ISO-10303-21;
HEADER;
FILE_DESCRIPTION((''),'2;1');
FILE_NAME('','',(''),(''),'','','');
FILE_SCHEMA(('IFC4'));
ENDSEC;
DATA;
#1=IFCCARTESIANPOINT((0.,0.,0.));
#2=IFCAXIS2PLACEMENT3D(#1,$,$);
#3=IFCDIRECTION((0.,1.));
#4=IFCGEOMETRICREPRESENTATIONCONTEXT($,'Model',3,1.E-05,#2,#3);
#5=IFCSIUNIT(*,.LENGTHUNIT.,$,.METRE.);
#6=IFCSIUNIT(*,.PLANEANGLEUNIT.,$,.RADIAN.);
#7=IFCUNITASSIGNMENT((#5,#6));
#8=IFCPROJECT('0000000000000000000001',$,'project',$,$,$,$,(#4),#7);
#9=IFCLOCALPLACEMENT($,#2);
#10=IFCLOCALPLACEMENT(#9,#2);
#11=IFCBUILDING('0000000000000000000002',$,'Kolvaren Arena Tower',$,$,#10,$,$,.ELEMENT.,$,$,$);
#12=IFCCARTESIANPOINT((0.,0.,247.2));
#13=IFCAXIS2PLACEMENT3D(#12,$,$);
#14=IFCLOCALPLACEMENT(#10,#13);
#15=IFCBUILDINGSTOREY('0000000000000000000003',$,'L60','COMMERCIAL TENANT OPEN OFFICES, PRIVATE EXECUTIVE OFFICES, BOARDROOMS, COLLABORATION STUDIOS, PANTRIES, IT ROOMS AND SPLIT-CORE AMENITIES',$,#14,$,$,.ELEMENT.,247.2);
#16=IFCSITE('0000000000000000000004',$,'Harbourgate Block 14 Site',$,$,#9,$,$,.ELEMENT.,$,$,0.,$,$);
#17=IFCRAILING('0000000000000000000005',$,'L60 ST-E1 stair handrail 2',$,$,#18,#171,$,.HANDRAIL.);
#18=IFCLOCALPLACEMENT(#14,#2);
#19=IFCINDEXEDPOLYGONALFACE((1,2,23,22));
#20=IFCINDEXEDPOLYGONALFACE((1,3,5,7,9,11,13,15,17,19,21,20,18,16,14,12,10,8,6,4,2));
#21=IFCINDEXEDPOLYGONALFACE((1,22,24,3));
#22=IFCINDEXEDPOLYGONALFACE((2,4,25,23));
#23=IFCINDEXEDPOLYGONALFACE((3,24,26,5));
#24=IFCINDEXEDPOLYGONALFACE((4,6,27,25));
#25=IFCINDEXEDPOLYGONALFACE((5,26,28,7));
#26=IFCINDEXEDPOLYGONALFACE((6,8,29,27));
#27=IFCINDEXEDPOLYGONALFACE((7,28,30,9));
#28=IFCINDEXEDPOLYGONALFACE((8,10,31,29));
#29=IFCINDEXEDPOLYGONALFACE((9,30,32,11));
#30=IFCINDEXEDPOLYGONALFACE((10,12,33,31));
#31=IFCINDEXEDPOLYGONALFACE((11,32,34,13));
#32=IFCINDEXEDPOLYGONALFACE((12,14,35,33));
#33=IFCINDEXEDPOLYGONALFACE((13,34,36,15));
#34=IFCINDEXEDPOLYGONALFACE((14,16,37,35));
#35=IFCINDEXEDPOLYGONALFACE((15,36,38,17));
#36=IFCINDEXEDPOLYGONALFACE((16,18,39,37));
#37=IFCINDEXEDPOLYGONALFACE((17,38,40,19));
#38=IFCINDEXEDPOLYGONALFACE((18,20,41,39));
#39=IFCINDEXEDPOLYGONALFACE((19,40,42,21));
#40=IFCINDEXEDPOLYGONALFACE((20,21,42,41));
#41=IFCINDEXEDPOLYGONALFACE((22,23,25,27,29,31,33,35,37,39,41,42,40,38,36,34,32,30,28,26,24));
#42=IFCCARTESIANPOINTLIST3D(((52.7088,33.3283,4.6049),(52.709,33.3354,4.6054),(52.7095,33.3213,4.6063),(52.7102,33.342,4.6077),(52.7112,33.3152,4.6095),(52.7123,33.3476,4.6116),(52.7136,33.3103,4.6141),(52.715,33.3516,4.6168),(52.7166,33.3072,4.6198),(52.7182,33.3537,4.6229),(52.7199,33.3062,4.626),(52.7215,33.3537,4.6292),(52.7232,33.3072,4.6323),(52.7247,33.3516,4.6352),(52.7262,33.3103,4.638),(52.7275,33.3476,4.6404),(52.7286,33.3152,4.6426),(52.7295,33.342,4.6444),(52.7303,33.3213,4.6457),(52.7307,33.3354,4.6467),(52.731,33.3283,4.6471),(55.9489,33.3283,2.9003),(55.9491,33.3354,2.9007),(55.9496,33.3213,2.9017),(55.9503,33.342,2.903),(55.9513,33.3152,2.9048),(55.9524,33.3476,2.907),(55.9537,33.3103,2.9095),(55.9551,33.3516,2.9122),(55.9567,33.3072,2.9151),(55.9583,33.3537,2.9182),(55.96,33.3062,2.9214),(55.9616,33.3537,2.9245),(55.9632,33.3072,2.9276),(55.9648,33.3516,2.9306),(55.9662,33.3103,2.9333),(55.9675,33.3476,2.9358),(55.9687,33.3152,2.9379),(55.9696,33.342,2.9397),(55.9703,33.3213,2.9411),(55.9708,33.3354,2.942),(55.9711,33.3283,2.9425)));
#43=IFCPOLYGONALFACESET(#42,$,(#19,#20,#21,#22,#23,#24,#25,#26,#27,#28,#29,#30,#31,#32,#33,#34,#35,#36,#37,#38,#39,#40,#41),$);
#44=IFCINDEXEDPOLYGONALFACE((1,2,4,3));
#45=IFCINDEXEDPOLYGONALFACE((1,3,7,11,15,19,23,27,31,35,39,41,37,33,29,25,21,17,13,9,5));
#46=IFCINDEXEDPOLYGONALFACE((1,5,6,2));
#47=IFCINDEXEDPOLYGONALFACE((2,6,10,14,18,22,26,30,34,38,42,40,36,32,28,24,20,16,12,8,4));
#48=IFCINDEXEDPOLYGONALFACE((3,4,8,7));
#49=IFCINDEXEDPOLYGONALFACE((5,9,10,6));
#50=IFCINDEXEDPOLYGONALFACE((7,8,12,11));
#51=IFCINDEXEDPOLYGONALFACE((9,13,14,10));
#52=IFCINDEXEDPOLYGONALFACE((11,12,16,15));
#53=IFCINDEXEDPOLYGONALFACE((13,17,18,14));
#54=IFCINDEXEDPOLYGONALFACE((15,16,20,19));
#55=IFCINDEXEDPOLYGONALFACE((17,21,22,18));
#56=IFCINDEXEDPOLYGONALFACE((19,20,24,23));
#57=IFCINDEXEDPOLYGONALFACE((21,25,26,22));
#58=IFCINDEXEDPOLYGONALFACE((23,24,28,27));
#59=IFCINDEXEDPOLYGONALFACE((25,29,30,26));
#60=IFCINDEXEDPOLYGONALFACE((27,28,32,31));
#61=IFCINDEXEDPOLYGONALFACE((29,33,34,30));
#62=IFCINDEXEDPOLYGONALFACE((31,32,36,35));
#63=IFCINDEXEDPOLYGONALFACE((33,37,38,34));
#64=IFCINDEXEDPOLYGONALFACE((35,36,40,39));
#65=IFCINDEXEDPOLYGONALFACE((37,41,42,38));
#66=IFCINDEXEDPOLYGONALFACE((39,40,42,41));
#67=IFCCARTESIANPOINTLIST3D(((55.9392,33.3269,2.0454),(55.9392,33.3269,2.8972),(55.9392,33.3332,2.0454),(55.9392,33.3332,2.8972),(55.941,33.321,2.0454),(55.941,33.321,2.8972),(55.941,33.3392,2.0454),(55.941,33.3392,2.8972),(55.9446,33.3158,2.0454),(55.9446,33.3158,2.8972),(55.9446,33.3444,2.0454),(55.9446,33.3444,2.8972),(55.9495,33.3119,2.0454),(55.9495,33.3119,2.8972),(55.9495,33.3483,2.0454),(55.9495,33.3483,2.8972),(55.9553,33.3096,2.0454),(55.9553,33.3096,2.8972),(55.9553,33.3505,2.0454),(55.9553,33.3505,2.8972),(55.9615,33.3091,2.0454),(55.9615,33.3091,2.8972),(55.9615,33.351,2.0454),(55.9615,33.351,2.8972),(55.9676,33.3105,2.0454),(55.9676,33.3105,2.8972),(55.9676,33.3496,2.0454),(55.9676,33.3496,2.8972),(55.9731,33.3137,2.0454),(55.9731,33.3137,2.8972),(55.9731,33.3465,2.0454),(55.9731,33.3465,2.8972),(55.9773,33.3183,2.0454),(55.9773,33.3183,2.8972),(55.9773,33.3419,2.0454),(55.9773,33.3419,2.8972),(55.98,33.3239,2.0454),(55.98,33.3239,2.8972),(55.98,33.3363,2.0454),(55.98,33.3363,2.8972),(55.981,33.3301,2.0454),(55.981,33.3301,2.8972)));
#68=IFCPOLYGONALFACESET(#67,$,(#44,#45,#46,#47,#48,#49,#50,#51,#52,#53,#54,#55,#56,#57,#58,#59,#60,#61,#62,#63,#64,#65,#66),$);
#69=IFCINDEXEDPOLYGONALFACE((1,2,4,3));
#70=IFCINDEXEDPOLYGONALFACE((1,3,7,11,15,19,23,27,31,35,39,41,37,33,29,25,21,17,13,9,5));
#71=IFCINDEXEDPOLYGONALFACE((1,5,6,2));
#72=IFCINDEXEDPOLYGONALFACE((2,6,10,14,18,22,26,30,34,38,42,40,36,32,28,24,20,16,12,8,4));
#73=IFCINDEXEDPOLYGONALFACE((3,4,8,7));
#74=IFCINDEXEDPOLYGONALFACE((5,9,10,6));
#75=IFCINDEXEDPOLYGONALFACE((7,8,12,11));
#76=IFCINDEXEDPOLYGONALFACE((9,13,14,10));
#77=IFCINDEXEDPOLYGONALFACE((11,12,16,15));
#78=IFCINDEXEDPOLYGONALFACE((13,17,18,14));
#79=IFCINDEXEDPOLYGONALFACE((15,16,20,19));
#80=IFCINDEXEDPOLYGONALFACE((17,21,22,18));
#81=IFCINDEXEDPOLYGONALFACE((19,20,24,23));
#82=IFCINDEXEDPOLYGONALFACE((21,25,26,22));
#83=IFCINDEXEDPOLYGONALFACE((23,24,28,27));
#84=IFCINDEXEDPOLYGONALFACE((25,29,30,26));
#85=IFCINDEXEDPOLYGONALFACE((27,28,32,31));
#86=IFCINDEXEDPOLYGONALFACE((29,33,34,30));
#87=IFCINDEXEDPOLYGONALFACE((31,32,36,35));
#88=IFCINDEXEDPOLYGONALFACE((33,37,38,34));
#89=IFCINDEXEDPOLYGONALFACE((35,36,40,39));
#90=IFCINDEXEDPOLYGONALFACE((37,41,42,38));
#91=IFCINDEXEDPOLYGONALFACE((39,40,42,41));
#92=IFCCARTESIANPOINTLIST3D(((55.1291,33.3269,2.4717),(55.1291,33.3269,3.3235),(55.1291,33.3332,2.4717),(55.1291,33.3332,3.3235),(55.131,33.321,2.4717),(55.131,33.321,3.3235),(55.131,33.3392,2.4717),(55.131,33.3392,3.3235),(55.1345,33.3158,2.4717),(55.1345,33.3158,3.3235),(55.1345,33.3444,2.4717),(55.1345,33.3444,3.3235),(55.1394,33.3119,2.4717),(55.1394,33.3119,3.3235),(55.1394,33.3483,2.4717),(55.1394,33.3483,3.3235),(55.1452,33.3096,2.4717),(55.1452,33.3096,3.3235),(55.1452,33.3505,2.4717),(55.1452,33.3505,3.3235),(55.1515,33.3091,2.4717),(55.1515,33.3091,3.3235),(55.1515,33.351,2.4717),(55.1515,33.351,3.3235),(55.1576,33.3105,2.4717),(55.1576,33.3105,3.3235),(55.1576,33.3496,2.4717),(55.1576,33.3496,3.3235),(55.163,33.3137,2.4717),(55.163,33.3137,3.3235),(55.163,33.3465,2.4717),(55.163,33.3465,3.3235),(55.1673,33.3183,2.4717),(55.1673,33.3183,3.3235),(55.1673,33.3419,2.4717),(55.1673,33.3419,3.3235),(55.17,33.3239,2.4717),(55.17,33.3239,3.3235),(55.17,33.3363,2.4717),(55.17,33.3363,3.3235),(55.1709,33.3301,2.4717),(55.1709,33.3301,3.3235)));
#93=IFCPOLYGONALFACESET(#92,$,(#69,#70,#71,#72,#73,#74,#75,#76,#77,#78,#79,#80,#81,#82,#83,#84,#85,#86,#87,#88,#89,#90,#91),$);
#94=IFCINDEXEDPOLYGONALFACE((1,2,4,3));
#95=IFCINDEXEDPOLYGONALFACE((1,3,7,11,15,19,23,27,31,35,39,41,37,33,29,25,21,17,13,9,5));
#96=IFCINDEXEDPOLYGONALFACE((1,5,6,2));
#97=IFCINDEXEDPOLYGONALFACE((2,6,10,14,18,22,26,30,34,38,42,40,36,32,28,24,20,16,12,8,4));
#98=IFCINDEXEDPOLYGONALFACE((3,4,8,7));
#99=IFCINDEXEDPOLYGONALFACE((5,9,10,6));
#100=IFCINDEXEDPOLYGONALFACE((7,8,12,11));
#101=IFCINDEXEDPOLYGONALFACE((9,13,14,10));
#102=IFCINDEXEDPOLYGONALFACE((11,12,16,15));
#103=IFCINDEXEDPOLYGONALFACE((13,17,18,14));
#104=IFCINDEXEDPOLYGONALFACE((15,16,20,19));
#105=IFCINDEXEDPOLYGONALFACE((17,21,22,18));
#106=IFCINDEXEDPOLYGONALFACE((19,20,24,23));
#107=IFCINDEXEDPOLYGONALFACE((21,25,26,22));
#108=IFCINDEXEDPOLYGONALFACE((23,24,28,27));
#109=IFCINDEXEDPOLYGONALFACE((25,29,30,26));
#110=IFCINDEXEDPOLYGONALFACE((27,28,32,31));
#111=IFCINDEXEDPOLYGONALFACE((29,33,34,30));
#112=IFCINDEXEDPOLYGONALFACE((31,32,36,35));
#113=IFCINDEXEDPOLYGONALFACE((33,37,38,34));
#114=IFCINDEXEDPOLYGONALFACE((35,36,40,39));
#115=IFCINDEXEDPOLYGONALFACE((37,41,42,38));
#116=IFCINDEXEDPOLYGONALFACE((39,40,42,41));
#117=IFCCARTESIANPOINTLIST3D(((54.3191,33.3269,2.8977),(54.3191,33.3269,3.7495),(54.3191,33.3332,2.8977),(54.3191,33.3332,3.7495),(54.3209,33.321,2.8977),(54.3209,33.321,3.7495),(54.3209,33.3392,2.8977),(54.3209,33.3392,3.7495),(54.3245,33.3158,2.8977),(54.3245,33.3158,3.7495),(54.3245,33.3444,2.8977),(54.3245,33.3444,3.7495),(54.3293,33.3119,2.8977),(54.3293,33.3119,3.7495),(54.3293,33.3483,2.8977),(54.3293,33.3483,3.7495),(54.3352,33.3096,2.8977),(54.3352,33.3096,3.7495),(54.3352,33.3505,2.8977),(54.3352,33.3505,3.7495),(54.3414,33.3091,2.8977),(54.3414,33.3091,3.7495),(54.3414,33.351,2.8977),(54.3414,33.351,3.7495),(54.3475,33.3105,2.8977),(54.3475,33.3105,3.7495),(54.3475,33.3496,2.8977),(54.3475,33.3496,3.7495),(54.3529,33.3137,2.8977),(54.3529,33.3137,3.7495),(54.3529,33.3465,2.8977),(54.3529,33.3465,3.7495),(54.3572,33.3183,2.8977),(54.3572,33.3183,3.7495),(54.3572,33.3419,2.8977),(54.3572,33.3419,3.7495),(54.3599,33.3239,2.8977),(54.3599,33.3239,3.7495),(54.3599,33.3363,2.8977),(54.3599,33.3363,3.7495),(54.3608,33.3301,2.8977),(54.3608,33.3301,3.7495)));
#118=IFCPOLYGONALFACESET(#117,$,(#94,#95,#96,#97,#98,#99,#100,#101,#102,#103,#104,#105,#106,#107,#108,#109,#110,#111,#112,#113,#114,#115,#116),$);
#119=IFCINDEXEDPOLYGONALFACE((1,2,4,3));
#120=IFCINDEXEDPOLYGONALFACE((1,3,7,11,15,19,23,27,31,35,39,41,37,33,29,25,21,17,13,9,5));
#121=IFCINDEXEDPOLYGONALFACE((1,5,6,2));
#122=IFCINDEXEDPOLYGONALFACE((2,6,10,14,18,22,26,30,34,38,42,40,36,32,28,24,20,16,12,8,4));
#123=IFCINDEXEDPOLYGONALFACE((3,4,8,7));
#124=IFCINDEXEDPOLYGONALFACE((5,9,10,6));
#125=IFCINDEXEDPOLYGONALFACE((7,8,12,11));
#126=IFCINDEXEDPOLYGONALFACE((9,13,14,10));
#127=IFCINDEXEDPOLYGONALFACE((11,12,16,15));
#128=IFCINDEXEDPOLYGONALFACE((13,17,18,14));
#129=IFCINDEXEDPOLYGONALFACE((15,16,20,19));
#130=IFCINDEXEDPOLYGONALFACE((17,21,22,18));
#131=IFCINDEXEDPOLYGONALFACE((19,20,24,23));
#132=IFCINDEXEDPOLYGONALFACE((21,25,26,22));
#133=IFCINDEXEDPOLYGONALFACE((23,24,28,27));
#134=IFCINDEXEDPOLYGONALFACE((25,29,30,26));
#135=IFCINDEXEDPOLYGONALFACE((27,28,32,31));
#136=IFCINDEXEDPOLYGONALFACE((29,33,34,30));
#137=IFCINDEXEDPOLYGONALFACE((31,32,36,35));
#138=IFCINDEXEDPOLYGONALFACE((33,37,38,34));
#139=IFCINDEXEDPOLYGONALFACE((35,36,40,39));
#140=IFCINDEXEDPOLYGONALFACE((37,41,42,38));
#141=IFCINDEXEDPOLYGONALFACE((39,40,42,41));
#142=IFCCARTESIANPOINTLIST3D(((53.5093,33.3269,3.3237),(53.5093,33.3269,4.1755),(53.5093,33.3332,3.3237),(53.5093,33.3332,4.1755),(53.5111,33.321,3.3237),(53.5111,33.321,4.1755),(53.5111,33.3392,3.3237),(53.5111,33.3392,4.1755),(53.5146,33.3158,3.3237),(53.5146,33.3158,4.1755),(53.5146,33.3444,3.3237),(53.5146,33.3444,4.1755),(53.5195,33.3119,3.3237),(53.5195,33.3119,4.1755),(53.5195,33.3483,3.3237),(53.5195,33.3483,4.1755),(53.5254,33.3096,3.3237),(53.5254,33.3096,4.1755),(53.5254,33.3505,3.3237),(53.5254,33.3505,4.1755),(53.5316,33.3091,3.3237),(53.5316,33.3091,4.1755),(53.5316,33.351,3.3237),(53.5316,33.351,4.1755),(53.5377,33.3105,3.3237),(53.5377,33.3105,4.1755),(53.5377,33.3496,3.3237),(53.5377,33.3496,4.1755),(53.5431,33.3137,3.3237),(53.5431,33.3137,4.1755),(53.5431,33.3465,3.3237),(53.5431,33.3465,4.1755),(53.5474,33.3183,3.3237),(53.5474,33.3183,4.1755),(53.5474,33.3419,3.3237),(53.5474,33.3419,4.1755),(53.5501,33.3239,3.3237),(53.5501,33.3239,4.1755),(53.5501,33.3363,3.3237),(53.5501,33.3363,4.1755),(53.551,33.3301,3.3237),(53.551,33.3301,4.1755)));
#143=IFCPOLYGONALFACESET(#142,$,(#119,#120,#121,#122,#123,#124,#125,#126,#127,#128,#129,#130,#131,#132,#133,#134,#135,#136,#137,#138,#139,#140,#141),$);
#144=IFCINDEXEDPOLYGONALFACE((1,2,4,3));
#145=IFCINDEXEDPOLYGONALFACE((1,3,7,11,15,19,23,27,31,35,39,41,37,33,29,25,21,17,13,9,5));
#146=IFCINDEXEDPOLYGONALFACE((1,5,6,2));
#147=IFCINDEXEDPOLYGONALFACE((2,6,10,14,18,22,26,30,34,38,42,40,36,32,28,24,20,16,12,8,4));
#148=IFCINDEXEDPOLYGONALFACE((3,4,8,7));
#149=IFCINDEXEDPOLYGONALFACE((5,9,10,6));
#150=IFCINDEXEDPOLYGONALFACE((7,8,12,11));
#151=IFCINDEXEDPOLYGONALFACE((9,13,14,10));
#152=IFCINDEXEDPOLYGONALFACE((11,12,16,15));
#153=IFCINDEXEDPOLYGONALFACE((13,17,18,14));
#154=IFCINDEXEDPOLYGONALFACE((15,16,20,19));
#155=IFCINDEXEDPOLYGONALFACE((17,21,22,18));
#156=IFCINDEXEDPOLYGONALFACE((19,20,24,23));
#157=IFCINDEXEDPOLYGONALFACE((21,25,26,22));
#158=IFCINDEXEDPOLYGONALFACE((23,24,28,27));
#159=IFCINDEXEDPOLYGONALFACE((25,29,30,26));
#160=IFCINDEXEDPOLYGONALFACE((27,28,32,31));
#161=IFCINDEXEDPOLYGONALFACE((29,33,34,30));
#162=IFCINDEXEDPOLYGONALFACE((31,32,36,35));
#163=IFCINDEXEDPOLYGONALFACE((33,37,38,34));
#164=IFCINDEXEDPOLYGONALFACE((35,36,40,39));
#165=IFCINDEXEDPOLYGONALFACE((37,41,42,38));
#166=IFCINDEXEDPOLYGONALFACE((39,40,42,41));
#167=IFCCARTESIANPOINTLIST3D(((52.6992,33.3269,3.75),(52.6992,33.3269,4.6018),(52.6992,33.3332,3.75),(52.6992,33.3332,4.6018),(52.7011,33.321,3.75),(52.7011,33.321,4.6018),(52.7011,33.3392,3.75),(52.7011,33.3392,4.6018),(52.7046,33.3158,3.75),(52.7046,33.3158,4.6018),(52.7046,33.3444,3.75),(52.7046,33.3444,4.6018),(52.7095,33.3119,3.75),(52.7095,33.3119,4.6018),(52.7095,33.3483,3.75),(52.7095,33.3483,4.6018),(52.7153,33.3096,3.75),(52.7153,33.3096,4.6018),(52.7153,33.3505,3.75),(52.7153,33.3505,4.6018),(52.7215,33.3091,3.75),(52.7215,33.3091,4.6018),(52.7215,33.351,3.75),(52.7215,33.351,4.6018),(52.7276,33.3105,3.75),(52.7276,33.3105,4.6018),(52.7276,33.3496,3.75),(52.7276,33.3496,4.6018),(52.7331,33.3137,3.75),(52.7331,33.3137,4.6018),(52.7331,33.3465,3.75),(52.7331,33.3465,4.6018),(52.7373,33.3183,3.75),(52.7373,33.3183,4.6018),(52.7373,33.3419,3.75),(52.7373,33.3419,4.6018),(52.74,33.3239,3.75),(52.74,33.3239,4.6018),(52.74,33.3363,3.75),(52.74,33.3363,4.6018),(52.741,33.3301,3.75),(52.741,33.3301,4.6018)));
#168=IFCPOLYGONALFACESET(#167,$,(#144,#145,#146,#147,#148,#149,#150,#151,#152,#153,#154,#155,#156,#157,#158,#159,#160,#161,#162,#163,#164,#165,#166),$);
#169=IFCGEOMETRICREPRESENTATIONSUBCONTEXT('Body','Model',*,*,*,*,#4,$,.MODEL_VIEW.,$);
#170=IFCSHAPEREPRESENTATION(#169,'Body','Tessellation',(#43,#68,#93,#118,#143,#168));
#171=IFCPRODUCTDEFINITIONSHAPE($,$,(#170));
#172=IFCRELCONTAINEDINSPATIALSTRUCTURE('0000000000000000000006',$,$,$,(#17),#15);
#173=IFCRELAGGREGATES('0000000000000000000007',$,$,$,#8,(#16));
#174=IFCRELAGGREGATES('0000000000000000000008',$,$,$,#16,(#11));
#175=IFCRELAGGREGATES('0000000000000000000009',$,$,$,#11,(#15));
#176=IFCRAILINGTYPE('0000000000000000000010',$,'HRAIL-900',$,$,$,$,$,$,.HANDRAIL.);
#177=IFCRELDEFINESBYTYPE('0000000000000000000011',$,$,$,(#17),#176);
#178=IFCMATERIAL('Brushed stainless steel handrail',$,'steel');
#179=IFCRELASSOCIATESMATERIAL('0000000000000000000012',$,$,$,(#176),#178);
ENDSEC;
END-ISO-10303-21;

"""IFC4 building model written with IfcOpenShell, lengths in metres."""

from ifc_helpers import new_model, si_unit, direction, frame, origin, origin_2d, place, context, subcontext, project, spatial, circle, extrude, material, type_object, element, save


model = new_model("IFC4")

# Units and contexts
model_context = context("Model", 3, precision=1e-05, world=origin(), true_north=direction((0.0, 1.0)))
body_context = subcontext(model_context, "Body", "Model", "MODEL_VIEW")
ifc_project = project(units=[si_unit("LENGTHUNIT", "METRE"), si_unit("PLANEANGLEUNIT", "RADIAN")], contexts=[model_context])

# Site, building, storey
site_placement = place(None, origin())
site = spatial("IfcSite", under=ifc_project, at=site_placement, Name="Harbourgate Block 14 Site", CompositionType="ELEMENT", RefElevation=0.0)
building_placement = place(site_placement, origin())
building = spatial("IfcBuilding", under=site, at=building_placement, Name="Kolvaren Arena Tower", CompositionType="ELEMENT")
storey_placement = place(building_placement, frame((0.0, 0.0, 247.2)))
storey = spatial("IfcBuildingStorey", under=building, at=storey_placement, Name="L60", Description="COMMERCIAL TENANT OPEN OFFICES, PRIVATE EXECUTIVE OFFICES, BOARDROOMS, COLLABORATION STUDIOS, PANTRIES, IT ROOMS AND SPLIT-CORE AMENITIES", CompositionType="ELEMENT", Elevation=247.2)

# Railing
ifc_material_1 = material(Name="Brushed stainless steel handrail", Category="steel")
railing_type_1 = type_object("IfcRailingType", Name="HRAIL-900", PredefinedType="HANDRAIL", material=ifc_material_1)
for number, where, name in (
    (1, (55.96, 33.3301, 2.0454), "L60 ST-E1 stair handrail 2"),
):
    element("IfcRailing", number, at=place(storey_placement, frame(where)), inside=storey, type_object=railing_type_1, Name=name, PredefinedType="HANDRAIL", context=body_context, shape_type="SweptSolid", body=[
        extrude(circle(Radius=0.0239, at=origin_2d()), frame((0.0, 0.0, 0.876), z_axis=(-0.884993, 0.0, 0.465604), x_axis=(0.0, -1.0, 0.0)), (0.0, 0.0, 1.0), 3.6611),
        extrude(circle(Radius=0.021, at=origin_2d()), origin(), (0.0, 0.0, 1.0), 0.8518),
        extrude(circle(Radius=0.021, at=origin_2d()), frame((-0.8101, 0.0, 0.4263)), (0.0, 0.0, 1.0), 0.8518),
        extrude(circle(Radius=0.021, at=origin_2d()), frame((-1.6201, 0.0, 0.8523)), (0.0, 0.0, 1.0), 0.8518),
        extrude(circle(Radius=0.021, at=origin_2d()), frame((-2.4299, 0.0, 1.2783)), (0.0, 0.0, 1.0), 0.8518),
        extrude(circle(Radius=0.021, at=origin_2d()), frame((-3.24, 0.0, 1.7046)), (0.0, 0.0, 1.0), 0.8518),
    ])

save(model, "model.ifc")
